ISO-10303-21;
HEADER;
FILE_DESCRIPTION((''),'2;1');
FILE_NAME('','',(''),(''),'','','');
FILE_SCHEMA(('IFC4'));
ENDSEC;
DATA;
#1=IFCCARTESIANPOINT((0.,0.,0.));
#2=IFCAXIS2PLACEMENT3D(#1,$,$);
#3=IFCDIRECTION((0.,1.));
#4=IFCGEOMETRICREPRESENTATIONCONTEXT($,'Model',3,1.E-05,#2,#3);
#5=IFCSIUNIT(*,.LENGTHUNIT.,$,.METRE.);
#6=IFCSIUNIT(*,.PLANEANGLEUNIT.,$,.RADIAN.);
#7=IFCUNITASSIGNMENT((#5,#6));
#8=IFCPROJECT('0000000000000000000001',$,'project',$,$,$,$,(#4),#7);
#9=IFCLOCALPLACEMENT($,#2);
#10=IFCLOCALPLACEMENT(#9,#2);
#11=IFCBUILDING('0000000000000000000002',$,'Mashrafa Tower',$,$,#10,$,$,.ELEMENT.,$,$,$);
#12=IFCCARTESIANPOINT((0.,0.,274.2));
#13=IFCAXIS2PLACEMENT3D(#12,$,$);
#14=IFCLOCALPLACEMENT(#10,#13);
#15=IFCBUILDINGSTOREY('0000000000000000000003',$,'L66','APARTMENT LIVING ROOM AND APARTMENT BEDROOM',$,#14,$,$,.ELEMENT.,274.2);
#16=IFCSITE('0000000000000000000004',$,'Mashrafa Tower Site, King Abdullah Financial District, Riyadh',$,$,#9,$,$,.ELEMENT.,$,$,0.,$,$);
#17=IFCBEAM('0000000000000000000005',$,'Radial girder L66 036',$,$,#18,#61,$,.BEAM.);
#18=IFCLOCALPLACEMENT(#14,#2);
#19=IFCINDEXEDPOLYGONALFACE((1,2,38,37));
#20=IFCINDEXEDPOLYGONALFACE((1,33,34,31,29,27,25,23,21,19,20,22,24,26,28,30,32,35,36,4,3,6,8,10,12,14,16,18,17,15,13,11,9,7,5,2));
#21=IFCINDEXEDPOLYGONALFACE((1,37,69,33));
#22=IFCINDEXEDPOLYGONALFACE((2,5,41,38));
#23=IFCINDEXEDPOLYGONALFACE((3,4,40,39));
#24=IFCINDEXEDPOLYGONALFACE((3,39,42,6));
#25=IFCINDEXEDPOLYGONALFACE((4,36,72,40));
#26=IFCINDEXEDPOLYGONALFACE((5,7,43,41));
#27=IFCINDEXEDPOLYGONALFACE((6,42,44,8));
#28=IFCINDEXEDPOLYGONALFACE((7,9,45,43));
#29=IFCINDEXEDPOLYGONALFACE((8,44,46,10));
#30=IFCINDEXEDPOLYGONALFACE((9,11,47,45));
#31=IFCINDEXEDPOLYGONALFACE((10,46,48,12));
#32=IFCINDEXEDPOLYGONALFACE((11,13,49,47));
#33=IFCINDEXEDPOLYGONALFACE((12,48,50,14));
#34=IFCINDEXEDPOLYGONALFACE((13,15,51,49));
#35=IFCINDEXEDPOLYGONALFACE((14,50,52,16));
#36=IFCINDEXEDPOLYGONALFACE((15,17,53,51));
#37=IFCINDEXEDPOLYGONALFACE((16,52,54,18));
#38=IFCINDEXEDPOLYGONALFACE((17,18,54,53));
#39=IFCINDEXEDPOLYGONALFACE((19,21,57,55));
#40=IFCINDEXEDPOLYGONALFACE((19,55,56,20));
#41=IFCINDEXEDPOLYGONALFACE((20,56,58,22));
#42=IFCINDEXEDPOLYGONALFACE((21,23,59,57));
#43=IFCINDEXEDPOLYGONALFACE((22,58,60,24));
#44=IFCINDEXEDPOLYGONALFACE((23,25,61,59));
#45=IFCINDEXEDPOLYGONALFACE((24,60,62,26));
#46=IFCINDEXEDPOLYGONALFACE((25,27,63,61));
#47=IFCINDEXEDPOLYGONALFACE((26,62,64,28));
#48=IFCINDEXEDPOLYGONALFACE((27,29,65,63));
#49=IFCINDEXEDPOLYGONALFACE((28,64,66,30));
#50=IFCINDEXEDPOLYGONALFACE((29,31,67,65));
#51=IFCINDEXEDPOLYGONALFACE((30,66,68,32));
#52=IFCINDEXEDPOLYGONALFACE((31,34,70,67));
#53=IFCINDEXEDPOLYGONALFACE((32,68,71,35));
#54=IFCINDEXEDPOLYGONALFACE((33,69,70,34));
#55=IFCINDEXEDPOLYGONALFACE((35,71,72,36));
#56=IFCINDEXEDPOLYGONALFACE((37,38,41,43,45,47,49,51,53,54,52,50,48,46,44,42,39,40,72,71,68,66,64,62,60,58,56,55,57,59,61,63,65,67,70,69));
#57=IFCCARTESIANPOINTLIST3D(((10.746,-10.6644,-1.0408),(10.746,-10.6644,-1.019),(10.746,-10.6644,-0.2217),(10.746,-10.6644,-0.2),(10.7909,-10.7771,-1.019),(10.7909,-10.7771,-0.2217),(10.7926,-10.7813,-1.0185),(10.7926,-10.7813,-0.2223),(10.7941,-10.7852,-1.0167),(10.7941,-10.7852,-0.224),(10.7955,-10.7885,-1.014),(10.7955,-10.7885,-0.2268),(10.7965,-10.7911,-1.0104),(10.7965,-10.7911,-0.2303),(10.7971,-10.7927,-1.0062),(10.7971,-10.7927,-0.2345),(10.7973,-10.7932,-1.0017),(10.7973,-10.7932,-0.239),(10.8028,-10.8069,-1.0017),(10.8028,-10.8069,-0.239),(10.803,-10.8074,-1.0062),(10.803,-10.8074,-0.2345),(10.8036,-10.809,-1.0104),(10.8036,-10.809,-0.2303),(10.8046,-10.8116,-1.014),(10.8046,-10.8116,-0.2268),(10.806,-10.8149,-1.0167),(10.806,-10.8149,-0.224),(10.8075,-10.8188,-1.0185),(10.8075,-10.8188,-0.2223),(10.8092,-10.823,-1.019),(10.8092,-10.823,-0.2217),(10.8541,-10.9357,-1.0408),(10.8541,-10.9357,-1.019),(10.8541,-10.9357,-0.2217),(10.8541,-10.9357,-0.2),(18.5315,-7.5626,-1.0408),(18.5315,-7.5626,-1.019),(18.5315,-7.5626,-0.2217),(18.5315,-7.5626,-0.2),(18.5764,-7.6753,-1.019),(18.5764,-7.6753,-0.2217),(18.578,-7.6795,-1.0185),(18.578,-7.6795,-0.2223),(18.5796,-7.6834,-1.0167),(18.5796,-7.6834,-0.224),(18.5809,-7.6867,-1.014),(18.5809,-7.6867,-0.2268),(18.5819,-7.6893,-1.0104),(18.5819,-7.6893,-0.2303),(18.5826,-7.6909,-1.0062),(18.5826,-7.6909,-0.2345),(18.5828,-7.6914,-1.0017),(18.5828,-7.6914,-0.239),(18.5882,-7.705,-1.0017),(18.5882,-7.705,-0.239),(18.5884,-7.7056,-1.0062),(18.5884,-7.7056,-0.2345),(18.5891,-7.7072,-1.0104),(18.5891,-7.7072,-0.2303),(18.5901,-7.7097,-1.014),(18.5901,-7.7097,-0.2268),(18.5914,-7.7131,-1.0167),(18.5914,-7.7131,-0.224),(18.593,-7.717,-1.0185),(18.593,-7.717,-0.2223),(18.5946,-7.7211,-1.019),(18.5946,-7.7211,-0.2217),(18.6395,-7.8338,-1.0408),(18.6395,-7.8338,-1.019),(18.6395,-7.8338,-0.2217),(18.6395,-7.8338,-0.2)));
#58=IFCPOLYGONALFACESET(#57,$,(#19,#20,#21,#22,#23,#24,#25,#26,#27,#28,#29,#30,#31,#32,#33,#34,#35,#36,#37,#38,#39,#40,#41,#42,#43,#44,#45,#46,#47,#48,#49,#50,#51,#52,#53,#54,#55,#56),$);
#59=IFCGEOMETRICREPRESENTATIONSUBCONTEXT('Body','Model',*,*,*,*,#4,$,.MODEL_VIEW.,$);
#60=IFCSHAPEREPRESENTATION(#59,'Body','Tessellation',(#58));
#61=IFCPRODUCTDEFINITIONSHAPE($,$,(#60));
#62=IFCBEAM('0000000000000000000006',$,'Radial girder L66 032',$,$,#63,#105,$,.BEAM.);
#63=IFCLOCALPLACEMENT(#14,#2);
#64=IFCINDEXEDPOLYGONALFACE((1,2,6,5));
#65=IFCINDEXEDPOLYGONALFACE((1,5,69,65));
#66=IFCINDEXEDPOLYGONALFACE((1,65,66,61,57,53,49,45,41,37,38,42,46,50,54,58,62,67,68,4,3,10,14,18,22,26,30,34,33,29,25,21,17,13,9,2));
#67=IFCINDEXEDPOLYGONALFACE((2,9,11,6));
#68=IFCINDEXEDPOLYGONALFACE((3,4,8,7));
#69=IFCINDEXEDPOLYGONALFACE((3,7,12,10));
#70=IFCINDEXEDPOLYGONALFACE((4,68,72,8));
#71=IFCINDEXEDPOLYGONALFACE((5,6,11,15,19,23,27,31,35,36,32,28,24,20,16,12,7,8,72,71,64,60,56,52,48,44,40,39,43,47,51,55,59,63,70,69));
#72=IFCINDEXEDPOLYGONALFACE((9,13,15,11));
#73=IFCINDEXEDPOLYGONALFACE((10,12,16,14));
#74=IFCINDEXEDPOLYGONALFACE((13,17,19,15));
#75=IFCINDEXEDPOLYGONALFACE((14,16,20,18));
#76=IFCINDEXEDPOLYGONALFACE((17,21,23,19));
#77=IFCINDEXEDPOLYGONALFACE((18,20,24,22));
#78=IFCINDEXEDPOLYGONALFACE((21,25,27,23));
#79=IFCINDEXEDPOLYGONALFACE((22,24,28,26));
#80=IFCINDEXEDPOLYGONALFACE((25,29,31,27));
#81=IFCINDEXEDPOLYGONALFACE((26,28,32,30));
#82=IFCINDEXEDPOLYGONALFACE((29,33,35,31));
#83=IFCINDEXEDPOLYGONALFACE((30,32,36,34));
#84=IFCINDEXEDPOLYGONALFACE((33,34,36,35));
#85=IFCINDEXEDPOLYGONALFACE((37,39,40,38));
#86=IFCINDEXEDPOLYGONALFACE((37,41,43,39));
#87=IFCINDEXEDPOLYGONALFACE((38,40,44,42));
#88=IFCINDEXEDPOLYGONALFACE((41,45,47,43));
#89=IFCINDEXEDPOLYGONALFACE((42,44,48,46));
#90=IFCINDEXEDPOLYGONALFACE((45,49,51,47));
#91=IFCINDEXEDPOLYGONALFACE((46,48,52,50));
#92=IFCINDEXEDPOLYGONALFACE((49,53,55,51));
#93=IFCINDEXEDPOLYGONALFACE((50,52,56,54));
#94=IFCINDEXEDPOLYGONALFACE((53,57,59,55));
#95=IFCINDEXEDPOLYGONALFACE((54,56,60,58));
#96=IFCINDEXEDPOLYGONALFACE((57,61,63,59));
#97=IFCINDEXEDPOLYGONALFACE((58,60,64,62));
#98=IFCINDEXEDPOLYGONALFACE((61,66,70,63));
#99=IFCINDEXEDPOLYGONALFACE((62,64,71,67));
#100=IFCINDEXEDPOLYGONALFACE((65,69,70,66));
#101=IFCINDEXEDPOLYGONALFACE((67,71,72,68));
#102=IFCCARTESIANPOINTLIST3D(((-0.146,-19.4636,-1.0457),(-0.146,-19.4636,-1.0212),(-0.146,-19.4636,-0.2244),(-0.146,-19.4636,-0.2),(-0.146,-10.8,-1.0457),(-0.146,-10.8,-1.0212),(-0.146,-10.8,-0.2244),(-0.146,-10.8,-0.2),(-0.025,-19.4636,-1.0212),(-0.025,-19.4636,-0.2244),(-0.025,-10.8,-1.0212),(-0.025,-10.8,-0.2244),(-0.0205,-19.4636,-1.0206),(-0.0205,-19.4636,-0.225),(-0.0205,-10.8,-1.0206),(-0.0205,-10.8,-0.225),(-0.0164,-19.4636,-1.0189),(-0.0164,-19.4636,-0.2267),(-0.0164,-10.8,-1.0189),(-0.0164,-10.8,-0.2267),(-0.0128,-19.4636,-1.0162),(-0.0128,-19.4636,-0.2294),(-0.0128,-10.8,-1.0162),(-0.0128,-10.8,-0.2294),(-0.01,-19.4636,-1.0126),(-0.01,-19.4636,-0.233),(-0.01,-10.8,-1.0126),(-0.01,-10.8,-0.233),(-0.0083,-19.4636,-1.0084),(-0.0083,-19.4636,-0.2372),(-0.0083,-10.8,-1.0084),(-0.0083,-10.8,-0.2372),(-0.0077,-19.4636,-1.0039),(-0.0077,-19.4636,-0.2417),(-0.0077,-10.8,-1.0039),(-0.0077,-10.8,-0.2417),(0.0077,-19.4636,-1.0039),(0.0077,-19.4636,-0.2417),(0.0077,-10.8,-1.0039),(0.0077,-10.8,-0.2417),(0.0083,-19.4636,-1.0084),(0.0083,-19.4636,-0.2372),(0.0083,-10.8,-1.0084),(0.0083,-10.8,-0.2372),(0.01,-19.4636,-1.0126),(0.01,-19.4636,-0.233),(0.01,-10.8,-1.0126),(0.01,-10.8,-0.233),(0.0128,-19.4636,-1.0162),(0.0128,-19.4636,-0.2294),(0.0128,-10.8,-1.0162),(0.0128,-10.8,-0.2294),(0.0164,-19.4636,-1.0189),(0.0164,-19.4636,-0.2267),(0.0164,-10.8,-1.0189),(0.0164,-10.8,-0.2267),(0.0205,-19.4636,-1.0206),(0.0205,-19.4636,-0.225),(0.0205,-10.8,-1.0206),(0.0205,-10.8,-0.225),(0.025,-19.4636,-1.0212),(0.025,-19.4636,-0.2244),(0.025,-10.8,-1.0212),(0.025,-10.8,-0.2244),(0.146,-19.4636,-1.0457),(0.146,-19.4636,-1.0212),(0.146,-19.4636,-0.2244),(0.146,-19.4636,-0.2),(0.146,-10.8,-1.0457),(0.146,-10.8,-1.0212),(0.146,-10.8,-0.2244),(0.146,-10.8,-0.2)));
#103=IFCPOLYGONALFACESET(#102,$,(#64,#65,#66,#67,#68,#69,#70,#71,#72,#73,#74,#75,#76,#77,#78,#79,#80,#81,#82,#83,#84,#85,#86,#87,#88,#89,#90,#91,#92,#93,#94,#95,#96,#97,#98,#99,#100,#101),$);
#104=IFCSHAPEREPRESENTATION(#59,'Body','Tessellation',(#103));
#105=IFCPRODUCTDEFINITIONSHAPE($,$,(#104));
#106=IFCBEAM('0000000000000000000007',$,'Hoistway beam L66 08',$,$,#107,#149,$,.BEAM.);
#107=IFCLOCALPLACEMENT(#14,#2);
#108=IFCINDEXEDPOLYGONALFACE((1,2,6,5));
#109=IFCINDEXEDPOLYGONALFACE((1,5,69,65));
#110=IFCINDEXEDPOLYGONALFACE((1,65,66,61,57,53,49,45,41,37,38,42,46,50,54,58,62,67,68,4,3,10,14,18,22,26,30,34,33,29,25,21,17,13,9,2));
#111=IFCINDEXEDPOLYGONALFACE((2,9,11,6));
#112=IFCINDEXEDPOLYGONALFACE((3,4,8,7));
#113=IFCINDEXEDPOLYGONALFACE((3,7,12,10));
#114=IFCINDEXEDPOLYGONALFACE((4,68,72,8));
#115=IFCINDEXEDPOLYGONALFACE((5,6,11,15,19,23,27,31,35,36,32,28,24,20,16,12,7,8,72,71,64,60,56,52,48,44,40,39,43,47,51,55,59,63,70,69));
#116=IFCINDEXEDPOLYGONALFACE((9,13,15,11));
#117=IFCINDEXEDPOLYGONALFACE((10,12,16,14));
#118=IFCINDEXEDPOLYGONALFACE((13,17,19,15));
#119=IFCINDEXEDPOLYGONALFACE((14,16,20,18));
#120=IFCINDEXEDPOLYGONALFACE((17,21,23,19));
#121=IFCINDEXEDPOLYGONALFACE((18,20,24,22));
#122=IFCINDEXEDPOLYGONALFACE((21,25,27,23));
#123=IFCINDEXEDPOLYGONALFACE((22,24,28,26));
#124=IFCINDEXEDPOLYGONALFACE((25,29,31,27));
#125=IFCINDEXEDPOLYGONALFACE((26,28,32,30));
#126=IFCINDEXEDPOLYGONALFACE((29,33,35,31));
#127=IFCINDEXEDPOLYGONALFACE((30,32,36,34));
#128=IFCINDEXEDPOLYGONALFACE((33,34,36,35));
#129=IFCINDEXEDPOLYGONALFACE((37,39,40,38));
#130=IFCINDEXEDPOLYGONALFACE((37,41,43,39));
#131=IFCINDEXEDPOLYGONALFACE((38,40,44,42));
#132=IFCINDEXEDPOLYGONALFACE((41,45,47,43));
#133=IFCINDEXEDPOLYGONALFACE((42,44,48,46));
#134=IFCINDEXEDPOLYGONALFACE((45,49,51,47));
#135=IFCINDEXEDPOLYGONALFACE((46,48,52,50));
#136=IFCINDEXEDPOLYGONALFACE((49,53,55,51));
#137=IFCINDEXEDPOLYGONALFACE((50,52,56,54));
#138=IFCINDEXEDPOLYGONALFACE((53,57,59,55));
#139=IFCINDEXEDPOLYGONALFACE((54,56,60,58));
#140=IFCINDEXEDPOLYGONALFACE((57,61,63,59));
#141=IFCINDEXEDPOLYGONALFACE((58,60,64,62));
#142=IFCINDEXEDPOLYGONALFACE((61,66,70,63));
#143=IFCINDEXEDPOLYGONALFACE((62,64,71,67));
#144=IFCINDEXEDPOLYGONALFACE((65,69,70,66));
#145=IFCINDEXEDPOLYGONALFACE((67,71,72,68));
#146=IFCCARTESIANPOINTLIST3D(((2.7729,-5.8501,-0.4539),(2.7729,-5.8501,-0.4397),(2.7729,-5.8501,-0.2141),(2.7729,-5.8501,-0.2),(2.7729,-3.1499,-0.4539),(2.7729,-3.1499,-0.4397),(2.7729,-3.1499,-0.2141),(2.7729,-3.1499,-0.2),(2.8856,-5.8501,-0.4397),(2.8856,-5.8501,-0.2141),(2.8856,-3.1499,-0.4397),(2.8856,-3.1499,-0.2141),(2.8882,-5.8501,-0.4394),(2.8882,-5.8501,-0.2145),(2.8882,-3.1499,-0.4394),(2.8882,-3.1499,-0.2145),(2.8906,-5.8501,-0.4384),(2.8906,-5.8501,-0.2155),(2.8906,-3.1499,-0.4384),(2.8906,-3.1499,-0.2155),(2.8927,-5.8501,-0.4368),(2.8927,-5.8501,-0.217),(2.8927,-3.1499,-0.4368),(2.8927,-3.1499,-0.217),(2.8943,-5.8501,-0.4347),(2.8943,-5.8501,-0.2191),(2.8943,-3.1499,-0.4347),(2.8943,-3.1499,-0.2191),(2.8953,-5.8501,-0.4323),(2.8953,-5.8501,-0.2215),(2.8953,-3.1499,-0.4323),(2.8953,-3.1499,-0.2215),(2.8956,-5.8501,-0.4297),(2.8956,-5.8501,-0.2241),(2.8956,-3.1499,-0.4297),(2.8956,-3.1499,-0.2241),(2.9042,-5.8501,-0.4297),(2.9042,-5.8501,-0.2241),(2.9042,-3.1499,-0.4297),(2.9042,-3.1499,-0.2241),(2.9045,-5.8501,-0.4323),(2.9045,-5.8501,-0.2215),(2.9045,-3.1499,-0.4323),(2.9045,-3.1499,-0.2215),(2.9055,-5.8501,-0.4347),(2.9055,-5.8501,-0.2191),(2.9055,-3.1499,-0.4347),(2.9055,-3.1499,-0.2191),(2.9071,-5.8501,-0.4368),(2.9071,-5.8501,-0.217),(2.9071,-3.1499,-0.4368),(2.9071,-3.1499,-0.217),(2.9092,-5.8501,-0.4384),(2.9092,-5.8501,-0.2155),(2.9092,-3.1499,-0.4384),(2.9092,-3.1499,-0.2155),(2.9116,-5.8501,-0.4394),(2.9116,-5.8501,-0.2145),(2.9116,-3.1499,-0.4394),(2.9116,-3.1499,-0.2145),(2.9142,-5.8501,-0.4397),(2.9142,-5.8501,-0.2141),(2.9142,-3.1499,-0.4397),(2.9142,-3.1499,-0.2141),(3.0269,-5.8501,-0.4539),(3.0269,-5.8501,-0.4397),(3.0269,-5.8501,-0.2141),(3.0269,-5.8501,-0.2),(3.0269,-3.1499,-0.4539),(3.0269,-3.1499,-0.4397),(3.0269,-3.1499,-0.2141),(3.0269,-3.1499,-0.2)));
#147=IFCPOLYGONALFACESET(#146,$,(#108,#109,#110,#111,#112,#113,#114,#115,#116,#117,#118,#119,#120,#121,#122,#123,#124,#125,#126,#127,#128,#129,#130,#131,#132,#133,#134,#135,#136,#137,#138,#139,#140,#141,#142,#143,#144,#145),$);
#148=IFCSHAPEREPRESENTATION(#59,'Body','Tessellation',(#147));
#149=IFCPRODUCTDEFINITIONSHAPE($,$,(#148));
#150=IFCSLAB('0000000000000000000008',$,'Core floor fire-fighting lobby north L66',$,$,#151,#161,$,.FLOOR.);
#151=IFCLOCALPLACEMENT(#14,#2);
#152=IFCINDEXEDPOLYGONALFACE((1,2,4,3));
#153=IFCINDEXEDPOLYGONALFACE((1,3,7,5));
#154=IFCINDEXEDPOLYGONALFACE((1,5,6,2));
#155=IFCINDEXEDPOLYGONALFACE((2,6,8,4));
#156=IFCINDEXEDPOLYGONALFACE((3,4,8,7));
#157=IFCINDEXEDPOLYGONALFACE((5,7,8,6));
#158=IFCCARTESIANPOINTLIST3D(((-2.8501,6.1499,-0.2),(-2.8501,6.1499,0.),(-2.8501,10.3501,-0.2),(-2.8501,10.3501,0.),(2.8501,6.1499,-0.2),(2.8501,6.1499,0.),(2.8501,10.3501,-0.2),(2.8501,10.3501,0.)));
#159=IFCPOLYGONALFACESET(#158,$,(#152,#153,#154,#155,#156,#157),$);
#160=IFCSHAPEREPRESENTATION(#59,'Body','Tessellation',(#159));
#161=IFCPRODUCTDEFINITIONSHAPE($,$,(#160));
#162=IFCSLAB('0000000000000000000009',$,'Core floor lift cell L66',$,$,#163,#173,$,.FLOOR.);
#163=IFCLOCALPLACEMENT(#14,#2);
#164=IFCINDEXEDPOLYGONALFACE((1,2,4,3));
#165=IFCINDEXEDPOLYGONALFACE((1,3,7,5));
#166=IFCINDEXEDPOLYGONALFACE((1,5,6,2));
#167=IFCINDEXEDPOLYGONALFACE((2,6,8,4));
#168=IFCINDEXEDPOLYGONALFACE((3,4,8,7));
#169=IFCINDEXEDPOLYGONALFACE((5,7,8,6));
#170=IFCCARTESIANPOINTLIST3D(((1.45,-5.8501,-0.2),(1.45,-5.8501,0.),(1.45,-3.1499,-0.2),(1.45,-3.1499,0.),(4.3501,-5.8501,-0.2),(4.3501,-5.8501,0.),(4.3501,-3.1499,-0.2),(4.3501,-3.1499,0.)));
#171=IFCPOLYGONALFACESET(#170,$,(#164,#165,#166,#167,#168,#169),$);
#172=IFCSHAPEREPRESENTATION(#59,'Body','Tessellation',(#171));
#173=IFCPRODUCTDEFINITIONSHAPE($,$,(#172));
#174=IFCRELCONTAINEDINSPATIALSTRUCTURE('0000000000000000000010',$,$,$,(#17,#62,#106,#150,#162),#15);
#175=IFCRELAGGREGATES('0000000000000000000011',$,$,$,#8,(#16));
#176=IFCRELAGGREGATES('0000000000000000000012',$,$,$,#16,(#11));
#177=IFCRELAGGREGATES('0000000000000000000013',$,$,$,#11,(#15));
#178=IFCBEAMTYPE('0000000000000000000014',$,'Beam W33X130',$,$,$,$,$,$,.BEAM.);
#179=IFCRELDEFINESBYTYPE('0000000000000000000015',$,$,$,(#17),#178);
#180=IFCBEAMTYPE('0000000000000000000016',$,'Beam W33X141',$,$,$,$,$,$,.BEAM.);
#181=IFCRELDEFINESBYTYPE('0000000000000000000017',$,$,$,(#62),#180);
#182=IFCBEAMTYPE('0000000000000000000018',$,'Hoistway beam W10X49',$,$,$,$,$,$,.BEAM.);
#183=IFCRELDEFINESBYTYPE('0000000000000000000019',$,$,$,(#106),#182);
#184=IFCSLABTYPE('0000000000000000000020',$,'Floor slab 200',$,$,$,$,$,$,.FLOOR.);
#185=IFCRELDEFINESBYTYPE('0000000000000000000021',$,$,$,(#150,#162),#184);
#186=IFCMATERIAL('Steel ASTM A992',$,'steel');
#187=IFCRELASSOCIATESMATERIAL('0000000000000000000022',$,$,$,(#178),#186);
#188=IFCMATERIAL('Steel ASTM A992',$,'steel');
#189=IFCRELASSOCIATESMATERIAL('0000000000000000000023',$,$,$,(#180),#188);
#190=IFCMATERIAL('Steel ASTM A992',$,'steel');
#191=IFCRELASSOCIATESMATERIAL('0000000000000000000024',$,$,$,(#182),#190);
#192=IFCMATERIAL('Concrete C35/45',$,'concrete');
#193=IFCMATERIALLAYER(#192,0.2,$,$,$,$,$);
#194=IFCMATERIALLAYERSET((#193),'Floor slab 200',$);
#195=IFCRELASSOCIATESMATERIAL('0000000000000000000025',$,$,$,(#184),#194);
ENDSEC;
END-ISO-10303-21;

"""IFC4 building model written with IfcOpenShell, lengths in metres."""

from ifc_helpers import new_model, si_unit, direction, frame, origin, origin_2d, place, context, subcontext, project, spatial, polyline, i_section, outline, extrude, material, layer, layer_set, material_profile, profile_set, type_object, element, save


model = new_model("IFC4")

# Units and contexts
model_context = context("Model", 3, precision=1e-05, world=origin(), true_north=direction((0.0, 1.0)))
body_context = subcontext(model_context, "Body", "Model", "MODEL_VIEW")
ifc_project = project(units=[si_unit("LENGTHUNIT", "METRE"), si_unit("PLANEANGLEUNIT", "RADIAN")], contexts=[model_context])

# Site, building, storey
site_placement = place(None, origin())
site = spatial("IfcSite", under=ifc_project, at=site_placement, Name="Mashrafa Tower Site, King Abdullah Financial District, Riyadh", CompositionType="ELEMENT", RefElevation=0.0)
building_placement = place(site_placement, origin())
building = spatial("IfcBuilding", under=site, at=building_placement, Name="Mashrafa Tower", CompositionType="ELEMENT")
storey_placement = place(building_placement, frame((0.0, 0.0, 274.2)))
storey = spatial("IfcBuildingStorey", under=building, at=storey_placement, Name="L66", Description="APARTMENT LIVING ROOM AND APARTMENT BEDROOM", CompositionType="ELEMENT", Elevation=274.2)

# Beams
ifc_material_1 = material(Name="Steel ASTM A992", Category="steel")
ifc_material_profile_1 = material_profile(ifc_material_1, i_section(OverallWidth=0.292, OverallDepth=0.8408, WebThickness=0.0146, FlangeThickness=0.0217, FilletRadius=0.0173, at=origin_2d()), Name="W33X130")
ifc_profile_set_1 = profile_set([ifc_material_profile_1], Name="Steel ASTM A992")
beam_type_1 = type_object("IfcBeamType", Name="Beam W33X130", PredefinedType="BEAM", material=ifc_profile_set_1)
for number, where, z_axis, x_axis, name in (
    (1, (10.8, -10.8, -0.6204), (0.928984, 0.37012, 0.0), (-0.37012, 0.928984, 0.0), "Radial girder L66 036"),
):
    element("IfcBeam", number, at=place(storey_placement, frame(where, z_axis=z_axis, x_axis=x_axis)), inside=storey, type_object=beam_type_1, Name=name, PredefinedType="BEAM", context=body_context, shape_type="SweptSolid", body=[
        extrude(i_section(OverallWidth=0.292, OverallDepth=0.8408, WebThickness=0.0146, FlangeThickness=0.0217, FilletRadius=0.0173, at=origin_2d()), origin(), (0.0, 0.0, 1.0), 8.3806),
    ])
ifc_material_2 = material(Name="Steel ASTM A992", Category="steel")
ifc_material_profile_2 = material_profile(ifc_material_2, i_section(OverallWidth=0.292, OverallDepth=0.8457, WebThickness=0.0154, FlangeThickness=0.0244, FilletRadius=0.0173, at=origin_2d()), Name="W33X141")
ifc_profile_set_2 = profile_set([ifc_material_profile_2], Name="Steel ASTM A992")
beam_type_2 = type_object("IfcBeamType", Name="Beam W33X141", PredefinedType="BEAM", material=ifc_profile_set_2)
beam_1_placement = place(storey_placement, frame((0.0, -10.8, -0.6228), z_axis=(0.0, -1.0, 0.0), x_axis=(1.0, 0.0, 0.0)))
element("IfcBeam", 2, at=beam_1_placement, inside=storey, type_object=beam_type_2, Name="Radial girder L66 032", PredefinedType="BEAM", context=body_context, shape_type="SweptSolid", body=[
    extrude(i_section(OverallWidth=0.292, OverallDepth=0.8457, WebThickness=0.0154, FlangeThickness=0.0244, FilletRadius=0.0173, at=origin_2d()), origin(), (0.0, 0.0, 1.0), 8.6636),
])
ifc_material_3 = material(Name="Steel ASTM A992", Category="steel")
ifc_material_profile_3 = material_profile(ifc_material_3, i_section(OverallWidth=0.2539, OverallDepth=0.2539, WebThickness=0.0085, FlangeThickness=0.0142, FilletRadius=0.01, at=origin_2d()), Name="W10X49")
ifc_profile_set_3 = profile_set([ifc_material_profile_3], Name="Steel ASTM A992")
beam_type_3 = type_object("IfcBeamType", Name="Hoistway beam W10X49", PredefinedType="BEAM", material=ifc_profile_set_3)
beam_2_placement = place(storey_placement, frame((2.8999, -5.8501, -0.3269), z_axis=(0.0, 1.0, 0.0), x_axis=(-1.0, 0.0, 0.0)))
element("IfcBeam", 3, at=beam_2_placement, inside=storey, type_object=beam_type_3, Name="Hoistway beam L66 08", PredefinedType="BEAM", context=body_context, shape_type="SweptSolid", body=[
    extrude(i_section(OverallWidth=0.2539, OverallDepth=0.2539, WebThickness=0.0085, FlangeThickness=0.0142, FilletRadius=0.01, at=origin_2d()), origin(), (0.0, 0.0, 1.0), 2.7002),
])

# Slabs
ifc_material_4 = material(Name="Concrete C35/45", Category="concrete")
ifc_layer_1 = layer(ifc_material_4, 0.2)
ifc_layer_set_1 = layer_set([ifc_layer_1], Name="Floor slab 200")
slab_type = type_object("IfcSlabType", Name="Floor slab 200", PredefinedType="FLOOR", material=ifc_layer_set_1)
slab_1_placement = place(storey_placement, frame((0.0, 0.0, -0.2)))
element("IfcSlab", 4, at=slab_1_placement, inside=storey, type_object=slab_type, Name="Core floor fire-fighting lobby north L66", PredefinedType="FLOOR", context=body_context, shape_type="SweptSolid", body=[
    extrude(outline(polyline([(-2.8501, 10.3501), (2.8501, 10.3501), (2.8501, 6.1499), (-2.8501, 6.1499), (-2.8501, 10.3501)])), origin(), (0.0, 0.0, 1.0), 0.2),
])
slab_2_placement = place(storey_placement, frame((0.0, 0.0, -0.2)))
element("IfcSlab", 5, at=slab_2_placement, inside=storey, type_object=slab_type, Name="Core floor lift cell L66", PredefinedType="FLOOR", context=body_context, shape_type="SweptSolid", body=[
    extrude(outline(polyline([(4.3501, -3.1499), (4.3501, -5.8501), (1.45, -5.8501), (1.45, -3.1499), (4.3501, -3.1499)])), origin(), (0.0, 0.0, 1.0), 0.2),
])

save(model, "model.ifc")
